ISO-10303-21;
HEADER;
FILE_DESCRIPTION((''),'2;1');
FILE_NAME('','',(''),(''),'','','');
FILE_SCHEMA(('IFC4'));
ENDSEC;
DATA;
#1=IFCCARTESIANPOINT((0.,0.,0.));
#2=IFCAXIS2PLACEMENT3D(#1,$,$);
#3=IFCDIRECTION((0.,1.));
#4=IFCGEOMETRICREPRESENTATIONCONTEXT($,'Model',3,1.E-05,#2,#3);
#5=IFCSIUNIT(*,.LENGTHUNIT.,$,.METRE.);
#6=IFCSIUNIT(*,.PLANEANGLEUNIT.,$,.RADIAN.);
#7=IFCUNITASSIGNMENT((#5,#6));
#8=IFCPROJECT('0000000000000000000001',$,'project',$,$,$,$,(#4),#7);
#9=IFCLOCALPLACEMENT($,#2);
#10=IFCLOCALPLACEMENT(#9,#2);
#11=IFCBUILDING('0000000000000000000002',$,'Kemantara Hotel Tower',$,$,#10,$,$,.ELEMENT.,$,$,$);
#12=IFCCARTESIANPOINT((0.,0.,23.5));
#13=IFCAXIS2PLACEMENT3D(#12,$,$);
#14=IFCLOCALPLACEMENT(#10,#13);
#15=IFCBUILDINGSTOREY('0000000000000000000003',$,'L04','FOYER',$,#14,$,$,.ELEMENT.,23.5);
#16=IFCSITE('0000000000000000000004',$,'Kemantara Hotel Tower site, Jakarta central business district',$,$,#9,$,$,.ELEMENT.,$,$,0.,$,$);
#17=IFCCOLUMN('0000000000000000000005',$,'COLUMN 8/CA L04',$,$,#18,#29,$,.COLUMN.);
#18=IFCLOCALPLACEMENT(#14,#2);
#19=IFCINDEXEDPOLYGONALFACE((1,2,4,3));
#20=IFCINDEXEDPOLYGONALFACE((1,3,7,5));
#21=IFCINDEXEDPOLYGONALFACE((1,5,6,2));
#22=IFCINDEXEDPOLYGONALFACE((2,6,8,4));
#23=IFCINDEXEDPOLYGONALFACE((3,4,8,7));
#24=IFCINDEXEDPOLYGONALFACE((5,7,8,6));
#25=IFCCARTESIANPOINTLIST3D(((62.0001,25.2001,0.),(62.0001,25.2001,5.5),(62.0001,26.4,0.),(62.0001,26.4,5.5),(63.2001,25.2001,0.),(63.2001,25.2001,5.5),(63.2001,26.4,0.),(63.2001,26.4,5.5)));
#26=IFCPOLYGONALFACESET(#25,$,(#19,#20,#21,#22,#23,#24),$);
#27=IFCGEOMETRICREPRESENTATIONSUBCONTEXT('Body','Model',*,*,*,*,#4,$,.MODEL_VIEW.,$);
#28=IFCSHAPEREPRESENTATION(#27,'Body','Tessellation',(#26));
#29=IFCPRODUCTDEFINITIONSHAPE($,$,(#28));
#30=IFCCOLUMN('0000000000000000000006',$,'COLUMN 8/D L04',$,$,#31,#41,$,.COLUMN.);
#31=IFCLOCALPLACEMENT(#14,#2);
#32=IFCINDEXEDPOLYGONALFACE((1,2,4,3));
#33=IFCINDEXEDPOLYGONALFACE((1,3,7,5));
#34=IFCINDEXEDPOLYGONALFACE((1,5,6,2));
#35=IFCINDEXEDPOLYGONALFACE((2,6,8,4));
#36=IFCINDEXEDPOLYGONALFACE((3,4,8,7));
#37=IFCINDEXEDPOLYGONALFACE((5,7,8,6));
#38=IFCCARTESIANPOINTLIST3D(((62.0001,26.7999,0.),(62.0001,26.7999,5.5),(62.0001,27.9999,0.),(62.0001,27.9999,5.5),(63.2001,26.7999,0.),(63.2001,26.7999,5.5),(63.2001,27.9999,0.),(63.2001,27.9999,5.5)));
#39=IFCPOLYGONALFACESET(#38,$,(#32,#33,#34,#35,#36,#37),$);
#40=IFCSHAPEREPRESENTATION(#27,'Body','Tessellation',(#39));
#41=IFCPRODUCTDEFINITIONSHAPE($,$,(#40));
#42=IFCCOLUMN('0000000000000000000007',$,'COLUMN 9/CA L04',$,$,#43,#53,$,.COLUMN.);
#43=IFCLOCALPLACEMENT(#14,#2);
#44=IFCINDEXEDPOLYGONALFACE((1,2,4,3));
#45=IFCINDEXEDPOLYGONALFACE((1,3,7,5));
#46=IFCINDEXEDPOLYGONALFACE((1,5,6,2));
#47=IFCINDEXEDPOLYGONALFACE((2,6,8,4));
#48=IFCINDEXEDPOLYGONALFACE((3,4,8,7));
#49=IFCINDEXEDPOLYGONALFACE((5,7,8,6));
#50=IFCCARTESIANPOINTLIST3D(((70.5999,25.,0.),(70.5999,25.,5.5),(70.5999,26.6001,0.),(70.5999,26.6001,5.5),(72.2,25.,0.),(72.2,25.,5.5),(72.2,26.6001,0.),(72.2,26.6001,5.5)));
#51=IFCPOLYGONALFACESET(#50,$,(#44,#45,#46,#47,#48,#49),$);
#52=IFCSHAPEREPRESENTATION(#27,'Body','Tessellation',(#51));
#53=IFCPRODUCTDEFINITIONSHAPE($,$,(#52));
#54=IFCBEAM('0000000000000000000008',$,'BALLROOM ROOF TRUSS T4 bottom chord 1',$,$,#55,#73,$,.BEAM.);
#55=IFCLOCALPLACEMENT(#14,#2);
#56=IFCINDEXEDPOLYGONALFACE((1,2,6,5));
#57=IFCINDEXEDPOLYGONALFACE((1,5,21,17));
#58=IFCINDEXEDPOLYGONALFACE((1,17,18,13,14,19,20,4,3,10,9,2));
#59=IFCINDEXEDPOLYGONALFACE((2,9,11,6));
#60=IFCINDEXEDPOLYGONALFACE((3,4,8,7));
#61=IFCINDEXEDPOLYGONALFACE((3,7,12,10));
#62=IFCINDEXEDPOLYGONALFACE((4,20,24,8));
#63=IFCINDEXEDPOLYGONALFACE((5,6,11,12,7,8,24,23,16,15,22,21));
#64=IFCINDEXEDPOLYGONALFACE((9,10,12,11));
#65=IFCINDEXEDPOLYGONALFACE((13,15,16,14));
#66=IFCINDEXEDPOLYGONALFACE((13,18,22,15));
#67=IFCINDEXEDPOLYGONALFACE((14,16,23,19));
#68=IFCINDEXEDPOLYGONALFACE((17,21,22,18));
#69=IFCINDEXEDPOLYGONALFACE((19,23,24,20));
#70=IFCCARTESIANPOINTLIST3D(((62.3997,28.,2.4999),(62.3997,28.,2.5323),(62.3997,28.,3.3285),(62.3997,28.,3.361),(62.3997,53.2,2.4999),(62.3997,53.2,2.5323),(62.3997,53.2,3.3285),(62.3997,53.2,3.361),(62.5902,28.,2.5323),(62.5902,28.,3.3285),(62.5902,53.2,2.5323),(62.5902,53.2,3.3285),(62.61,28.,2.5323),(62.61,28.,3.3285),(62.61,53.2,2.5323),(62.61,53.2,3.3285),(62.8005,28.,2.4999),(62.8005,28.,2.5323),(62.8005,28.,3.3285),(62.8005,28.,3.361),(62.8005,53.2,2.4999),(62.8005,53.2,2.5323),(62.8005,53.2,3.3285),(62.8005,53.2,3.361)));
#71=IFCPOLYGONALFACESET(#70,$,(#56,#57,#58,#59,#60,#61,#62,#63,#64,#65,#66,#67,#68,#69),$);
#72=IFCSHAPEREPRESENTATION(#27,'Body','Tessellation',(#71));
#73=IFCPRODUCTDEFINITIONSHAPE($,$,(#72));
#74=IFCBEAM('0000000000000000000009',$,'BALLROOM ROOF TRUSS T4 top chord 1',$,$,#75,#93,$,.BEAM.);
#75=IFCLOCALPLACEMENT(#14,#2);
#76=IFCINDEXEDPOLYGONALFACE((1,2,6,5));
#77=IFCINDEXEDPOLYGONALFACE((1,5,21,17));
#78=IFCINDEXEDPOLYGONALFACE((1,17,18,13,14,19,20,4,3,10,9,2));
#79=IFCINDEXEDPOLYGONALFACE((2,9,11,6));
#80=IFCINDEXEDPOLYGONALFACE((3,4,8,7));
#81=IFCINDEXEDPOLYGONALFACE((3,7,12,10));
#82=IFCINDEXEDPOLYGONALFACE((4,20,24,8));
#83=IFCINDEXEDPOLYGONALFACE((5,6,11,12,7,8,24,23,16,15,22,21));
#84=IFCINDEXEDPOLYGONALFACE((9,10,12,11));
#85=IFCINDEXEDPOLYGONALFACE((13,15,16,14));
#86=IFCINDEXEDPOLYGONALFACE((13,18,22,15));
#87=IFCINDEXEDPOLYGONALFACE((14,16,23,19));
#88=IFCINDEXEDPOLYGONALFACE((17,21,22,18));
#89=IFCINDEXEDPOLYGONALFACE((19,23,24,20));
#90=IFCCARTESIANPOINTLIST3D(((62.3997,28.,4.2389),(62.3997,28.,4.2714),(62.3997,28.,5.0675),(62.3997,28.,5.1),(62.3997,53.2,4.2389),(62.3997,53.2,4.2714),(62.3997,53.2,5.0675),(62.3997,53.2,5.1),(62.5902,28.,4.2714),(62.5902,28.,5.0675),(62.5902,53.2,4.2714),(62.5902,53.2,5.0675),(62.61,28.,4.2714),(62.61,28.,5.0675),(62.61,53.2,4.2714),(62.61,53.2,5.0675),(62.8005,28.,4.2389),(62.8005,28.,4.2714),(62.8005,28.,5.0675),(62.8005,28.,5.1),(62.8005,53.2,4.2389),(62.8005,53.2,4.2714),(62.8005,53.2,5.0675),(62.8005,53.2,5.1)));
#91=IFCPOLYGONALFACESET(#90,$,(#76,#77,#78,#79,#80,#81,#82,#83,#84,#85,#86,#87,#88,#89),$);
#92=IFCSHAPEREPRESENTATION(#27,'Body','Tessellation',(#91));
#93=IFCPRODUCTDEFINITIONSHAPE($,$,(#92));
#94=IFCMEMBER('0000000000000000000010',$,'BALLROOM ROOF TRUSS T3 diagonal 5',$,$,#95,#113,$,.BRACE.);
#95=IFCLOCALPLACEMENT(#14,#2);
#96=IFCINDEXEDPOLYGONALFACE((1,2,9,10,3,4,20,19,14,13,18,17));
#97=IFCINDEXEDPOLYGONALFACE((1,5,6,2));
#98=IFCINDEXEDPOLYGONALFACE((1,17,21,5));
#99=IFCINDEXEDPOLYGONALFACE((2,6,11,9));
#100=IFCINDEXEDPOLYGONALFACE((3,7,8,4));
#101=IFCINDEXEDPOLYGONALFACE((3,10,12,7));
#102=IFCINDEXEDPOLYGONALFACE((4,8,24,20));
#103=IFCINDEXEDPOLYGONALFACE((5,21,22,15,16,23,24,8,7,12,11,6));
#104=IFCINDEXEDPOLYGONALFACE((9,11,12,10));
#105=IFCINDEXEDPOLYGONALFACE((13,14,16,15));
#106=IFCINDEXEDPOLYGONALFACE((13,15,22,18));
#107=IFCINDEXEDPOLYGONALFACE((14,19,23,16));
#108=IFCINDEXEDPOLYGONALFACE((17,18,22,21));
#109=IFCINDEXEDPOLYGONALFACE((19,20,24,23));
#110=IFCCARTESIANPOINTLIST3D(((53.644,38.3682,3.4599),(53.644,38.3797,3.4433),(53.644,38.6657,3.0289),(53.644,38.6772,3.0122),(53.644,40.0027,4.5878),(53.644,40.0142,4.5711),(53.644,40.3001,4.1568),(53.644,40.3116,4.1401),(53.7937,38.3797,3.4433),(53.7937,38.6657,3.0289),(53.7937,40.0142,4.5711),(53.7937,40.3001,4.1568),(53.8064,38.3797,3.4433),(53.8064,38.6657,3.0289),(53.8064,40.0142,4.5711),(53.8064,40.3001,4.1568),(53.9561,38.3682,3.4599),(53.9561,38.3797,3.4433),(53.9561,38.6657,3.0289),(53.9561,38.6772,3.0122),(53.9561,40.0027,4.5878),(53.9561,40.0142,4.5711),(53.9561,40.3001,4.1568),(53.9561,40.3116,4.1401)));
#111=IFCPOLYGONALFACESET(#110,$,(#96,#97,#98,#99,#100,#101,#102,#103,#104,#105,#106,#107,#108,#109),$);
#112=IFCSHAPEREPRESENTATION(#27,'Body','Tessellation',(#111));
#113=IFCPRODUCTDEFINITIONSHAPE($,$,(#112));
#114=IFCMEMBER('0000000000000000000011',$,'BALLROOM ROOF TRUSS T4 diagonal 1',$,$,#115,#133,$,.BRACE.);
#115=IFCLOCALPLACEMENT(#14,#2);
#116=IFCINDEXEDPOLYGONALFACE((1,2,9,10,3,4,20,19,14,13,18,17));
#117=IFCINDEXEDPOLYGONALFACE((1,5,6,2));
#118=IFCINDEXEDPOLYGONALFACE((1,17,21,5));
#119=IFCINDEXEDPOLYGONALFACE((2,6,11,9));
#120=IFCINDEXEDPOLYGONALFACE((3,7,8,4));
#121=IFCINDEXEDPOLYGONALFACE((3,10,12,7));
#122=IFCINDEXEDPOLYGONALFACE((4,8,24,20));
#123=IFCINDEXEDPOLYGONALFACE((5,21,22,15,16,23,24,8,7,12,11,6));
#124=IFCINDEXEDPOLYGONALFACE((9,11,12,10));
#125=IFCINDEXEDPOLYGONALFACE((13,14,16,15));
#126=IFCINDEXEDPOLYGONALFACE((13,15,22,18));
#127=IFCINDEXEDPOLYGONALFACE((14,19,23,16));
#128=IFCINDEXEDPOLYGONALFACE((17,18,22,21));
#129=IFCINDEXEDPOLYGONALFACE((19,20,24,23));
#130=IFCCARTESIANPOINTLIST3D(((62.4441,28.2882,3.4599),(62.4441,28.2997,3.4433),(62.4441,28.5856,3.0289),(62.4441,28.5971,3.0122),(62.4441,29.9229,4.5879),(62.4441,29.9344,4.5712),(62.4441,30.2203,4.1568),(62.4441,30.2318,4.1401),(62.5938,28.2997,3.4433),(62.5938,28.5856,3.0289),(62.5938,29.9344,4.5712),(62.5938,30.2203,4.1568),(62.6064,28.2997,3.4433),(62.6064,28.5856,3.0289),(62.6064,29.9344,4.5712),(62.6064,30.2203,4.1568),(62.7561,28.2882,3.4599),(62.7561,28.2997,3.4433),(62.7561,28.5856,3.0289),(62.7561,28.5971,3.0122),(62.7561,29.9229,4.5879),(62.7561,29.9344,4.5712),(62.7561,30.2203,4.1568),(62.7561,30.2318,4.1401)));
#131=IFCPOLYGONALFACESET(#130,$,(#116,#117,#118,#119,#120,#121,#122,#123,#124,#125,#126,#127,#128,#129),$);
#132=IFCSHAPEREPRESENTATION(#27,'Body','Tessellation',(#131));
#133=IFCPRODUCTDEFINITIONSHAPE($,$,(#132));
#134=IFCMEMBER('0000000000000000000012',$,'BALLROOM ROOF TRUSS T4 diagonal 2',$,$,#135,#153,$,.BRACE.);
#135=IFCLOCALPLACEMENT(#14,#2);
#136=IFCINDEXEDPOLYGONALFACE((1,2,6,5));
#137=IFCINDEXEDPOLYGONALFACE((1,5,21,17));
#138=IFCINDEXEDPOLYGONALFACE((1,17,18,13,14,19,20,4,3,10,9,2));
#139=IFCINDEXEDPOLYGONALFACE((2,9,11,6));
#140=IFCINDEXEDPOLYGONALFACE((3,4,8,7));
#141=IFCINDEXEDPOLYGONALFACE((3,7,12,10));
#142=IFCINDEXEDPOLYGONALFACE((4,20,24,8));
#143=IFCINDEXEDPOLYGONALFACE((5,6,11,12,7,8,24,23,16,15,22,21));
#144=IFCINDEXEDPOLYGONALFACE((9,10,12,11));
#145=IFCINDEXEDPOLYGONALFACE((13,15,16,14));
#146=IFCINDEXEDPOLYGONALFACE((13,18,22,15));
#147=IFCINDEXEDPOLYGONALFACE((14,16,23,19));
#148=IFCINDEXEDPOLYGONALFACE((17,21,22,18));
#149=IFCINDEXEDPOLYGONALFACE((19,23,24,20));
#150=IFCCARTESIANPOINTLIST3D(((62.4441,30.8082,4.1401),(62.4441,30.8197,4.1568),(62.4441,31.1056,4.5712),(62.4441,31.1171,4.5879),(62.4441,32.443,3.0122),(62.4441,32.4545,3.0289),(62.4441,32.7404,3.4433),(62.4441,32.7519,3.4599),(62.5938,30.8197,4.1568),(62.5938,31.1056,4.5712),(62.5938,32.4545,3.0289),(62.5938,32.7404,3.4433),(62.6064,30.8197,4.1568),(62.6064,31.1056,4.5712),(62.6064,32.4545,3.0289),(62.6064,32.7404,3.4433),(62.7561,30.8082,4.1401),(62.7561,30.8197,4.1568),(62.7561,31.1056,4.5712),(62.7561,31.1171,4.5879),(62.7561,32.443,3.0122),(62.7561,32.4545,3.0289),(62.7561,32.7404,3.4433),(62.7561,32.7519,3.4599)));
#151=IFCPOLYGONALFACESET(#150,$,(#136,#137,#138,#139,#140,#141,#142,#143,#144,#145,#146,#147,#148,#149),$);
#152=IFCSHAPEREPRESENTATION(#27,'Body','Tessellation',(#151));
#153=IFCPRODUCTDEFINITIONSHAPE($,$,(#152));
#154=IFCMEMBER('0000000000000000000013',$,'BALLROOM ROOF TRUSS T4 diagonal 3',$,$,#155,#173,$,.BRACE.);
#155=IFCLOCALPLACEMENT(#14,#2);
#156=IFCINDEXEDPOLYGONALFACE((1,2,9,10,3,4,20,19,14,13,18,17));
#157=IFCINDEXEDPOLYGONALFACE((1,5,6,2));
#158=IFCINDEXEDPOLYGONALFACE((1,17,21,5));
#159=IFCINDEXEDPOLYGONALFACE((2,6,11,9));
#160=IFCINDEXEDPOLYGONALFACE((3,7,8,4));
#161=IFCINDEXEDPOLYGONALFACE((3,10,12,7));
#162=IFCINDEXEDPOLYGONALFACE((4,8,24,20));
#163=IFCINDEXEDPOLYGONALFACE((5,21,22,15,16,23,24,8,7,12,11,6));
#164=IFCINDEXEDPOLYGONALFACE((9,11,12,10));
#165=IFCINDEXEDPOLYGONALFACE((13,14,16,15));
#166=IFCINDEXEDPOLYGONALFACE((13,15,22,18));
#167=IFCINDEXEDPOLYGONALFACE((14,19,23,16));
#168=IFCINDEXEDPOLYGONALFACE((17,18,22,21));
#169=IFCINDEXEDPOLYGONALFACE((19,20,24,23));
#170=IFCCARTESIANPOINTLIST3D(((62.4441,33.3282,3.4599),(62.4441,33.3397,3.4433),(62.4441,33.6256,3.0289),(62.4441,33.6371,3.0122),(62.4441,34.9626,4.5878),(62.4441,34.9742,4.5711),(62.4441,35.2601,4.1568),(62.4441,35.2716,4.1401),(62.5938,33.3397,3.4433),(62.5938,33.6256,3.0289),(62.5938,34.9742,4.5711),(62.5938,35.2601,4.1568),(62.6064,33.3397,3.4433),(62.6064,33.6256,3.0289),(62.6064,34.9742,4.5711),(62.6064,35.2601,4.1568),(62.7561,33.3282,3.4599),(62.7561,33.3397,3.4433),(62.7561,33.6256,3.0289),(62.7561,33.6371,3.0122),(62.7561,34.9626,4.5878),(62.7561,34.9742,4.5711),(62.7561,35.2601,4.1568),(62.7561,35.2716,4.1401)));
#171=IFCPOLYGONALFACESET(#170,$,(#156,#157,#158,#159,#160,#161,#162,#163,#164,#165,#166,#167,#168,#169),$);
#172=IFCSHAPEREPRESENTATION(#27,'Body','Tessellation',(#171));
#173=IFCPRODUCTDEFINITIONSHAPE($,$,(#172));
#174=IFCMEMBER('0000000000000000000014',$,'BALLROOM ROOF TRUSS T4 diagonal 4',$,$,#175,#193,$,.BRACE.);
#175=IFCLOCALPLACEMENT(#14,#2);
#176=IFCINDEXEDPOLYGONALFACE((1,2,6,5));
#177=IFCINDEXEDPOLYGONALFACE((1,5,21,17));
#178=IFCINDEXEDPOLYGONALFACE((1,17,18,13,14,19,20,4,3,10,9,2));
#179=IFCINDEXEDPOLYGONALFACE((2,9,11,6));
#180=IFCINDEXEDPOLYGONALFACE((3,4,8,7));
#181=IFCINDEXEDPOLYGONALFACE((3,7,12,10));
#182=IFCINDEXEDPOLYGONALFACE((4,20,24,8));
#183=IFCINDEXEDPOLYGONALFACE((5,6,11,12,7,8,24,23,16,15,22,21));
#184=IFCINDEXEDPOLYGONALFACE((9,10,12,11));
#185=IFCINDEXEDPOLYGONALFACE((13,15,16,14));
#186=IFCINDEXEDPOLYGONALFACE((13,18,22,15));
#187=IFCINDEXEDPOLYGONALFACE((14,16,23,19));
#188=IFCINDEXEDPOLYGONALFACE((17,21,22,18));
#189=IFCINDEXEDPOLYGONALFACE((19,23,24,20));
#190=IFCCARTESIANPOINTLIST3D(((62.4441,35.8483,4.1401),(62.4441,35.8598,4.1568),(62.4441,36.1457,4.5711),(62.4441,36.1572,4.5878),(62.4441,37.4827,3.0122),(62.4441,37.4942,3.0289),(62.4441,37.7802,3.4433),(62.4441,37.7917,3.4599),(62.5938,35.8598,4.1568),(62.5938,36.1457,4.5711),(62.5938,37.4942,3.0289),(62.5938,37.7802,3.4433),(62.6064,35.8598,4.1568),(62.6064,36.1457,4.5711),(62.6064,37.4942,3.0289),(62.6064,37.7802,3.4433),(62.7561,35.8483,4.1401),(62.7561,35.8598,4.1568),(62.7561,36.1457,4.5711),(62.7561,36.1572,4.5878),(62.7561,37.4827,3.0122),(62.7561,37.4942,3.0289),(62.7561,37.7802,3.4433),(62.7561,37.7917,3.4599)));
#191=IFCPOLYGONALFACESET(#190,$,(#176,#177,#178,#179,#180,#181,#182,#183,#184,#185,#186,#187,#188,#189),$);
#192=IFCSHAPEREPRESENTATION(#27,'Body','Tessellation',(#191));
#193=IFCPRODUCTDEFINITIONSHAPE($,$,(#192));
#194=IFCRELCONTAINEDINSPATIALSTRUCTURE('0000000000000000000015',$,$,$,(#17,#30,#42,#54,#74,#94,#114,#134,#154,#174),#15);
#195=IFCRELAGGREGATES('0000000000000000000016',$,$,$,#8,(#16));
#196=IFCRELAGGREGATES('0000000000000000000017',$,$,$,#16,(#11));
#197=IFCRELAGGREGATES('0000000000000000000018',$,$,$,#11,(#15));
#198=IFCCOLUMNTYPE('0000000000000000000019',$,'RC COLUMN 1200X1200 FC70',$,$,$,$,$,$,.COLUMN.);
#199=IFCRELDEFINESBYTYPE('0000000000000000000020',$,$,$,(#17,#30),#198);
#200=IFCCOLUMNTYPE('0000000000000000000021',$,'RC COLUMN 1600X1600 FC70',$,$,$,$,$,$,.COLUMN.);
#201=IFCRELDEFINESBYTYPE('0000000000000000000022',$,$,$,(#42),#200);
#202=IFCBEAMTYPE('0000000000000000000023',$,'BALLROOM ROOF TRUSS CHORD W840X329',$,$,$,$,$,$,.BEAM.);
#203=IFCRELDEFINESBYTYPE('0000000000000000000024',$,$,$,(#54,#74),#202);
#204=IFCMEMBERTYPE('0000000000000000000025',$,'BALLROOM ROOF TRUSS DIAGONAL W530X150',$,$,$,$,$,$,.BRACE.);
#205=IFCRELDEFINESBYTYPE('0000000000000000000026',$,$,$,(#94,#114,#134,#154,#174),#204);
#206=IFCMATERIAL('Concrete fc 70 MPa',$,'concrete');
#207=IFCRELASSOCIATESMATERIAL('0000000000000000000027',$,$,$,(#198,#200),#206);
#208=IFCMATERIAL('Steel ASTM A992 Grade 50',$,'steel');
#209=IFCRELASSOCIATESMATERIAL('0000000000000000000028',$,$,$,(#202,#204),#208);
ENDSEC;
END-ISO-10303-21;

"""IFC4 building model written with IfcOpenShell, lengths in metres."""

from ifc_helpers import new_model, si_unit, direction, frame, origin, origin_2d, place, context, subcontext, project, spatial, rectangle, i_section, extrude, material, material_profile, profile_set, type_object, element, save


model = new_model("IFC4")

# Units and contexts
model_context = context("Model", 3, precision=1e-05, world=origin(), true_north=direction((0.0, 1.0)))
body_context = subcontext(model_context, "Body", "Model", "MODEL_VIEW")
ifc_project = project(units=[si_unit("LENGTHUNIT", "METRE"), si_unit("PLANEANGLEUNIT", "RADIAN")], contexts=[model_context])

# Site, building, storey
site_placement = place(None, origin())
site = spatial("IfcSite", under=ifc_project, at=site_placement, Name="Kemantara Hotel Tower site, Jakarta central business district", CompositionType="ELEMENT", RefElevation=0.0)
building_placement = place(site_placement, origin())
building = spatial("IfcBuilding", under=site, at=building_placement, Name="Kemantara Hotel Tower", CompositionType="ELEMENT")
storey_placement = place(building_placement, frame((0.0, 0.0, 23.5)))
storey = spatial("IfcBuildingStorey", under=building, at=storey_placement, Name="L04", Description="FOYER", CompositionType="ELEMENT", Elevation=23.5)

# Columns
ifc_material_1 = material(Name="Concrete fc 70 MPa", Category="concrete")
ifc_material_profile_1 = material_profile(ifc_material_1, rectangle(XDim=1.2, YDim=1.2, at=origin_2d()), Name="RC 1200X1200")
ifc_profile_set_1 = profile_set([ifc_material_profile_1], Name="Concrete fc 70 MPa")
column_type_1 = type_object("IfcColumnType", Name="RC COLUMN 1200X1200 FC70", PredefinedType="COLUMN", material=ifc_profile_set_1)
for number, where, z_axis, x_axis, name in (
    (1, (62.6001, 25.8, 0.0), (0.0, 0.0, 1.0), (1.0, 0.0, 0.0), "COLUMN 8/CA L04"),
    (2, (62.6001, 27.3999, 0.0), (0.0, 0.0, 1.0), (1.0, 0.0, 0.0), "COLUMN 8/D L04"),
):
    element("IfcColumn", number, at=place(storey_placement, frame(where, z_axis=z_axis, x_axis=x_axis)), inside=storey, type_object=column_type_1, Name=name, PredefinedType="COLUMN", context=body_context, shape_type="SweptSolid", body=[
        extrude(rectangle(XDim=1.2, YDim=1.2, at=origin_2d()), origin(), (0.0, 0.0, 1.0), 5.5),
    ])
ifc_material_profile_2 = material_profile(ifc_material_1, rectangle(XDim=1.6001, YDim=1.6001, at=origin_2d()), Name="RC 1600X1600")
ifc_profile_set_2 = profile_set([ifc_material_profile_2], Name="Concrete fc 70 MPa")
column_type_2 = type_object("IfcColumnType", Name="RC COLUMN 1600X1600 FC70", PredefinedType="COLUMN", material=ifc_profile_set_2)
column_placement = place(storey_placement, frame((71.3999, 25.8, 0.0), z_axis=(0.0, 0.0, 1.0), x_axis=(1.0, 0.0, 0.0)))
element("IfcColumn", 3, at=column_placement, inside=storey, type_object=column_type_2, Name="COLUMN 9/CA L04", PredefinedType="COLUMN", context=body_context, shape_type="SweptSolid", body=[
    extrude(rectangle(XDim=1.6001, YDim=1.6001, at=origin_2d()), origin(), (0.0, 0.0, 1.0), 5.5),
])

# Beams
ifc_material_2 = material(Name="Steel ASTM A992 Grade 50", Category="steel")
ifc_material_profile_3 = material_profile(ifc_material_2, i_section(OverallWidth=0.4009, OverallDepth=0.8611, WebThickness=0.0198, FlangeThickness=0.0325, at=origin_2d()), Name="W840X329")
ifc_profile_set_3 = profile_set([ifc_material_profile_3], Name="Steel ASTM A992 Grade 50")
beam_type = type_object("IfcBeamType", Name="BALLROOM ROOF TRUSS CHORD W840X329", PredefinedType="BEAM", material=ifc_profile_set_3)
for number, where, z_axis, x_axis, name in (
    (4, (62.6001, 28.0, 2.9304), (0.0, 1.0, 0.0), (-1.0, 0.0, 0.0), "BALLROOM ROOF TRUSS T4 bottom chord 1"),
    (5, (62.6001, 28.0, 4.6694), (0.0, 1.0, 0.0), (-1.0, 0.0, 0.0), "BALLROOM ROOF TRUSS T4 top chord 1"),
):
    element("IfcBeam", number, at=place(storey_placement, frame(where, z_axis=z_axis, x_axis=x_axis)), inside=storey, type_object=beam_type, Name=name, PredefinedType="BEAM", context=body_context, shape_type="SweptSolid", body=[
        extrude(i_section(OverallWidth=0.4009, OverallDepth=0.8611, WebThickness=0.0198, FlangeThickness=0.0325, at=origin_2d()), origin(), (0.0, 0.0, 1.0), 25.2),
    ])

# Members
ifc_material_profile_4 = material_profile(ifc_material_2, i_section(OverallWidth=0.312, OverallDepth=0.5439, WebThickness=0.0127, FlangeThickness=0.0203, at=origin_2d()), Name="W530X150")
ifc_profile_set_4 = profile_set([ifc_material_profile_4], Name="Steel ASTM A992 Grade 50")
member_type_1 = type_object("IfcMemberType", Name="BALLROOM ROOF TRUSS DIAGONAL W530X150", PredefinedType="BRACE", material=ifc_profile_set_4)
member_1_placement = place(storey_placement, frame((53.8, 38.5227, 3.2361), z_axis=(0.0, 0.823054, 0.567963), x_axis=(-1.0, 0.0, 0.0)))
element("IfcMember", 6, at=member_1_placement, inside=storey, type_object=member_type_1, Name="BALLROOM ROOF TRUSS T3 diagonal 5", PredefinedType="BRACE", context=body_context, shape_type="SweptSolid", body=[
    extrude(i_section(OverallWidth=0.312, OverallDepth=0.5439, WebThickness=0.0127, FlangeThickness=0.0203, at=origin_2d()), origin(), (0.0, 0.0, 1.0), 1.9858),
])
for number, where, z_axis, x_axis, name in (
    (7, (62.6001, 28.4426, 3.2361), (0.0, 0.823094, 0.567905), (-1.0, 0.0, 0.0), "BALLROOM ROOF TRUSS T4 diagonal 1"),
    (8, (62.6001, 32.5974, 3.2361), (0.0, -0.823094, 0.567905), (1.0, 0.0, 0.0), "BALLROOM ROOF TRUSS T4 diagonal 2"),
):
    element("IfcMember", number, at=place(storey_placement, frame(where, z_axis=z_axis, x_axis=x_axis)), inside=storey, type_object=member_type_1, Name=name, PredefinedType="BRACE", context=body_context, shape_type="SweptSolid", body=[
        extrude(i_section(OverallWidth=0.312, OverallDepth=0.5439, WebThickness=0.0127, FlangeThickness=0.0203, at=origin_2d()), origin(), (0.0, 0.0, 1.0), 1.9861),
    ])
for number, where, z_axis, x_axis, name in (
    (9, (62.6001, 33.4827, 3.2361), (0.0, 0.823054, 0.567963), (-1.0, 0.0, 0.0), "BALLROOM ROOF TRUSS T4 diagonal 3"),
    (10, (62.6001, 37.6372, 3.2361), (0.0, -0.823054, 0.567963), (1.0, 0.0, 0.0), "BALLROOM ROOF TRUSS T4 diagonal 4"),
):
    element("IfcMember", number, at=place(storey_placement, frame(where, z_axis=z_axis, x_axis=x_axis)), inside=storey, type_object=member_type_1, Name=name, PredefinedType="BRACE", context=body_context, shape_type="SweptSolid", body=[
        extrude(i_section(OverallWidth=0.312, OverallDepth=0.5439, WebThickness=0.0127, FlangeThickness=0.0203, at=origin_2d()), origin(), (0.0, 0.0, 1.0), 1.9858),
    ])

save(model, "model.ifc")
